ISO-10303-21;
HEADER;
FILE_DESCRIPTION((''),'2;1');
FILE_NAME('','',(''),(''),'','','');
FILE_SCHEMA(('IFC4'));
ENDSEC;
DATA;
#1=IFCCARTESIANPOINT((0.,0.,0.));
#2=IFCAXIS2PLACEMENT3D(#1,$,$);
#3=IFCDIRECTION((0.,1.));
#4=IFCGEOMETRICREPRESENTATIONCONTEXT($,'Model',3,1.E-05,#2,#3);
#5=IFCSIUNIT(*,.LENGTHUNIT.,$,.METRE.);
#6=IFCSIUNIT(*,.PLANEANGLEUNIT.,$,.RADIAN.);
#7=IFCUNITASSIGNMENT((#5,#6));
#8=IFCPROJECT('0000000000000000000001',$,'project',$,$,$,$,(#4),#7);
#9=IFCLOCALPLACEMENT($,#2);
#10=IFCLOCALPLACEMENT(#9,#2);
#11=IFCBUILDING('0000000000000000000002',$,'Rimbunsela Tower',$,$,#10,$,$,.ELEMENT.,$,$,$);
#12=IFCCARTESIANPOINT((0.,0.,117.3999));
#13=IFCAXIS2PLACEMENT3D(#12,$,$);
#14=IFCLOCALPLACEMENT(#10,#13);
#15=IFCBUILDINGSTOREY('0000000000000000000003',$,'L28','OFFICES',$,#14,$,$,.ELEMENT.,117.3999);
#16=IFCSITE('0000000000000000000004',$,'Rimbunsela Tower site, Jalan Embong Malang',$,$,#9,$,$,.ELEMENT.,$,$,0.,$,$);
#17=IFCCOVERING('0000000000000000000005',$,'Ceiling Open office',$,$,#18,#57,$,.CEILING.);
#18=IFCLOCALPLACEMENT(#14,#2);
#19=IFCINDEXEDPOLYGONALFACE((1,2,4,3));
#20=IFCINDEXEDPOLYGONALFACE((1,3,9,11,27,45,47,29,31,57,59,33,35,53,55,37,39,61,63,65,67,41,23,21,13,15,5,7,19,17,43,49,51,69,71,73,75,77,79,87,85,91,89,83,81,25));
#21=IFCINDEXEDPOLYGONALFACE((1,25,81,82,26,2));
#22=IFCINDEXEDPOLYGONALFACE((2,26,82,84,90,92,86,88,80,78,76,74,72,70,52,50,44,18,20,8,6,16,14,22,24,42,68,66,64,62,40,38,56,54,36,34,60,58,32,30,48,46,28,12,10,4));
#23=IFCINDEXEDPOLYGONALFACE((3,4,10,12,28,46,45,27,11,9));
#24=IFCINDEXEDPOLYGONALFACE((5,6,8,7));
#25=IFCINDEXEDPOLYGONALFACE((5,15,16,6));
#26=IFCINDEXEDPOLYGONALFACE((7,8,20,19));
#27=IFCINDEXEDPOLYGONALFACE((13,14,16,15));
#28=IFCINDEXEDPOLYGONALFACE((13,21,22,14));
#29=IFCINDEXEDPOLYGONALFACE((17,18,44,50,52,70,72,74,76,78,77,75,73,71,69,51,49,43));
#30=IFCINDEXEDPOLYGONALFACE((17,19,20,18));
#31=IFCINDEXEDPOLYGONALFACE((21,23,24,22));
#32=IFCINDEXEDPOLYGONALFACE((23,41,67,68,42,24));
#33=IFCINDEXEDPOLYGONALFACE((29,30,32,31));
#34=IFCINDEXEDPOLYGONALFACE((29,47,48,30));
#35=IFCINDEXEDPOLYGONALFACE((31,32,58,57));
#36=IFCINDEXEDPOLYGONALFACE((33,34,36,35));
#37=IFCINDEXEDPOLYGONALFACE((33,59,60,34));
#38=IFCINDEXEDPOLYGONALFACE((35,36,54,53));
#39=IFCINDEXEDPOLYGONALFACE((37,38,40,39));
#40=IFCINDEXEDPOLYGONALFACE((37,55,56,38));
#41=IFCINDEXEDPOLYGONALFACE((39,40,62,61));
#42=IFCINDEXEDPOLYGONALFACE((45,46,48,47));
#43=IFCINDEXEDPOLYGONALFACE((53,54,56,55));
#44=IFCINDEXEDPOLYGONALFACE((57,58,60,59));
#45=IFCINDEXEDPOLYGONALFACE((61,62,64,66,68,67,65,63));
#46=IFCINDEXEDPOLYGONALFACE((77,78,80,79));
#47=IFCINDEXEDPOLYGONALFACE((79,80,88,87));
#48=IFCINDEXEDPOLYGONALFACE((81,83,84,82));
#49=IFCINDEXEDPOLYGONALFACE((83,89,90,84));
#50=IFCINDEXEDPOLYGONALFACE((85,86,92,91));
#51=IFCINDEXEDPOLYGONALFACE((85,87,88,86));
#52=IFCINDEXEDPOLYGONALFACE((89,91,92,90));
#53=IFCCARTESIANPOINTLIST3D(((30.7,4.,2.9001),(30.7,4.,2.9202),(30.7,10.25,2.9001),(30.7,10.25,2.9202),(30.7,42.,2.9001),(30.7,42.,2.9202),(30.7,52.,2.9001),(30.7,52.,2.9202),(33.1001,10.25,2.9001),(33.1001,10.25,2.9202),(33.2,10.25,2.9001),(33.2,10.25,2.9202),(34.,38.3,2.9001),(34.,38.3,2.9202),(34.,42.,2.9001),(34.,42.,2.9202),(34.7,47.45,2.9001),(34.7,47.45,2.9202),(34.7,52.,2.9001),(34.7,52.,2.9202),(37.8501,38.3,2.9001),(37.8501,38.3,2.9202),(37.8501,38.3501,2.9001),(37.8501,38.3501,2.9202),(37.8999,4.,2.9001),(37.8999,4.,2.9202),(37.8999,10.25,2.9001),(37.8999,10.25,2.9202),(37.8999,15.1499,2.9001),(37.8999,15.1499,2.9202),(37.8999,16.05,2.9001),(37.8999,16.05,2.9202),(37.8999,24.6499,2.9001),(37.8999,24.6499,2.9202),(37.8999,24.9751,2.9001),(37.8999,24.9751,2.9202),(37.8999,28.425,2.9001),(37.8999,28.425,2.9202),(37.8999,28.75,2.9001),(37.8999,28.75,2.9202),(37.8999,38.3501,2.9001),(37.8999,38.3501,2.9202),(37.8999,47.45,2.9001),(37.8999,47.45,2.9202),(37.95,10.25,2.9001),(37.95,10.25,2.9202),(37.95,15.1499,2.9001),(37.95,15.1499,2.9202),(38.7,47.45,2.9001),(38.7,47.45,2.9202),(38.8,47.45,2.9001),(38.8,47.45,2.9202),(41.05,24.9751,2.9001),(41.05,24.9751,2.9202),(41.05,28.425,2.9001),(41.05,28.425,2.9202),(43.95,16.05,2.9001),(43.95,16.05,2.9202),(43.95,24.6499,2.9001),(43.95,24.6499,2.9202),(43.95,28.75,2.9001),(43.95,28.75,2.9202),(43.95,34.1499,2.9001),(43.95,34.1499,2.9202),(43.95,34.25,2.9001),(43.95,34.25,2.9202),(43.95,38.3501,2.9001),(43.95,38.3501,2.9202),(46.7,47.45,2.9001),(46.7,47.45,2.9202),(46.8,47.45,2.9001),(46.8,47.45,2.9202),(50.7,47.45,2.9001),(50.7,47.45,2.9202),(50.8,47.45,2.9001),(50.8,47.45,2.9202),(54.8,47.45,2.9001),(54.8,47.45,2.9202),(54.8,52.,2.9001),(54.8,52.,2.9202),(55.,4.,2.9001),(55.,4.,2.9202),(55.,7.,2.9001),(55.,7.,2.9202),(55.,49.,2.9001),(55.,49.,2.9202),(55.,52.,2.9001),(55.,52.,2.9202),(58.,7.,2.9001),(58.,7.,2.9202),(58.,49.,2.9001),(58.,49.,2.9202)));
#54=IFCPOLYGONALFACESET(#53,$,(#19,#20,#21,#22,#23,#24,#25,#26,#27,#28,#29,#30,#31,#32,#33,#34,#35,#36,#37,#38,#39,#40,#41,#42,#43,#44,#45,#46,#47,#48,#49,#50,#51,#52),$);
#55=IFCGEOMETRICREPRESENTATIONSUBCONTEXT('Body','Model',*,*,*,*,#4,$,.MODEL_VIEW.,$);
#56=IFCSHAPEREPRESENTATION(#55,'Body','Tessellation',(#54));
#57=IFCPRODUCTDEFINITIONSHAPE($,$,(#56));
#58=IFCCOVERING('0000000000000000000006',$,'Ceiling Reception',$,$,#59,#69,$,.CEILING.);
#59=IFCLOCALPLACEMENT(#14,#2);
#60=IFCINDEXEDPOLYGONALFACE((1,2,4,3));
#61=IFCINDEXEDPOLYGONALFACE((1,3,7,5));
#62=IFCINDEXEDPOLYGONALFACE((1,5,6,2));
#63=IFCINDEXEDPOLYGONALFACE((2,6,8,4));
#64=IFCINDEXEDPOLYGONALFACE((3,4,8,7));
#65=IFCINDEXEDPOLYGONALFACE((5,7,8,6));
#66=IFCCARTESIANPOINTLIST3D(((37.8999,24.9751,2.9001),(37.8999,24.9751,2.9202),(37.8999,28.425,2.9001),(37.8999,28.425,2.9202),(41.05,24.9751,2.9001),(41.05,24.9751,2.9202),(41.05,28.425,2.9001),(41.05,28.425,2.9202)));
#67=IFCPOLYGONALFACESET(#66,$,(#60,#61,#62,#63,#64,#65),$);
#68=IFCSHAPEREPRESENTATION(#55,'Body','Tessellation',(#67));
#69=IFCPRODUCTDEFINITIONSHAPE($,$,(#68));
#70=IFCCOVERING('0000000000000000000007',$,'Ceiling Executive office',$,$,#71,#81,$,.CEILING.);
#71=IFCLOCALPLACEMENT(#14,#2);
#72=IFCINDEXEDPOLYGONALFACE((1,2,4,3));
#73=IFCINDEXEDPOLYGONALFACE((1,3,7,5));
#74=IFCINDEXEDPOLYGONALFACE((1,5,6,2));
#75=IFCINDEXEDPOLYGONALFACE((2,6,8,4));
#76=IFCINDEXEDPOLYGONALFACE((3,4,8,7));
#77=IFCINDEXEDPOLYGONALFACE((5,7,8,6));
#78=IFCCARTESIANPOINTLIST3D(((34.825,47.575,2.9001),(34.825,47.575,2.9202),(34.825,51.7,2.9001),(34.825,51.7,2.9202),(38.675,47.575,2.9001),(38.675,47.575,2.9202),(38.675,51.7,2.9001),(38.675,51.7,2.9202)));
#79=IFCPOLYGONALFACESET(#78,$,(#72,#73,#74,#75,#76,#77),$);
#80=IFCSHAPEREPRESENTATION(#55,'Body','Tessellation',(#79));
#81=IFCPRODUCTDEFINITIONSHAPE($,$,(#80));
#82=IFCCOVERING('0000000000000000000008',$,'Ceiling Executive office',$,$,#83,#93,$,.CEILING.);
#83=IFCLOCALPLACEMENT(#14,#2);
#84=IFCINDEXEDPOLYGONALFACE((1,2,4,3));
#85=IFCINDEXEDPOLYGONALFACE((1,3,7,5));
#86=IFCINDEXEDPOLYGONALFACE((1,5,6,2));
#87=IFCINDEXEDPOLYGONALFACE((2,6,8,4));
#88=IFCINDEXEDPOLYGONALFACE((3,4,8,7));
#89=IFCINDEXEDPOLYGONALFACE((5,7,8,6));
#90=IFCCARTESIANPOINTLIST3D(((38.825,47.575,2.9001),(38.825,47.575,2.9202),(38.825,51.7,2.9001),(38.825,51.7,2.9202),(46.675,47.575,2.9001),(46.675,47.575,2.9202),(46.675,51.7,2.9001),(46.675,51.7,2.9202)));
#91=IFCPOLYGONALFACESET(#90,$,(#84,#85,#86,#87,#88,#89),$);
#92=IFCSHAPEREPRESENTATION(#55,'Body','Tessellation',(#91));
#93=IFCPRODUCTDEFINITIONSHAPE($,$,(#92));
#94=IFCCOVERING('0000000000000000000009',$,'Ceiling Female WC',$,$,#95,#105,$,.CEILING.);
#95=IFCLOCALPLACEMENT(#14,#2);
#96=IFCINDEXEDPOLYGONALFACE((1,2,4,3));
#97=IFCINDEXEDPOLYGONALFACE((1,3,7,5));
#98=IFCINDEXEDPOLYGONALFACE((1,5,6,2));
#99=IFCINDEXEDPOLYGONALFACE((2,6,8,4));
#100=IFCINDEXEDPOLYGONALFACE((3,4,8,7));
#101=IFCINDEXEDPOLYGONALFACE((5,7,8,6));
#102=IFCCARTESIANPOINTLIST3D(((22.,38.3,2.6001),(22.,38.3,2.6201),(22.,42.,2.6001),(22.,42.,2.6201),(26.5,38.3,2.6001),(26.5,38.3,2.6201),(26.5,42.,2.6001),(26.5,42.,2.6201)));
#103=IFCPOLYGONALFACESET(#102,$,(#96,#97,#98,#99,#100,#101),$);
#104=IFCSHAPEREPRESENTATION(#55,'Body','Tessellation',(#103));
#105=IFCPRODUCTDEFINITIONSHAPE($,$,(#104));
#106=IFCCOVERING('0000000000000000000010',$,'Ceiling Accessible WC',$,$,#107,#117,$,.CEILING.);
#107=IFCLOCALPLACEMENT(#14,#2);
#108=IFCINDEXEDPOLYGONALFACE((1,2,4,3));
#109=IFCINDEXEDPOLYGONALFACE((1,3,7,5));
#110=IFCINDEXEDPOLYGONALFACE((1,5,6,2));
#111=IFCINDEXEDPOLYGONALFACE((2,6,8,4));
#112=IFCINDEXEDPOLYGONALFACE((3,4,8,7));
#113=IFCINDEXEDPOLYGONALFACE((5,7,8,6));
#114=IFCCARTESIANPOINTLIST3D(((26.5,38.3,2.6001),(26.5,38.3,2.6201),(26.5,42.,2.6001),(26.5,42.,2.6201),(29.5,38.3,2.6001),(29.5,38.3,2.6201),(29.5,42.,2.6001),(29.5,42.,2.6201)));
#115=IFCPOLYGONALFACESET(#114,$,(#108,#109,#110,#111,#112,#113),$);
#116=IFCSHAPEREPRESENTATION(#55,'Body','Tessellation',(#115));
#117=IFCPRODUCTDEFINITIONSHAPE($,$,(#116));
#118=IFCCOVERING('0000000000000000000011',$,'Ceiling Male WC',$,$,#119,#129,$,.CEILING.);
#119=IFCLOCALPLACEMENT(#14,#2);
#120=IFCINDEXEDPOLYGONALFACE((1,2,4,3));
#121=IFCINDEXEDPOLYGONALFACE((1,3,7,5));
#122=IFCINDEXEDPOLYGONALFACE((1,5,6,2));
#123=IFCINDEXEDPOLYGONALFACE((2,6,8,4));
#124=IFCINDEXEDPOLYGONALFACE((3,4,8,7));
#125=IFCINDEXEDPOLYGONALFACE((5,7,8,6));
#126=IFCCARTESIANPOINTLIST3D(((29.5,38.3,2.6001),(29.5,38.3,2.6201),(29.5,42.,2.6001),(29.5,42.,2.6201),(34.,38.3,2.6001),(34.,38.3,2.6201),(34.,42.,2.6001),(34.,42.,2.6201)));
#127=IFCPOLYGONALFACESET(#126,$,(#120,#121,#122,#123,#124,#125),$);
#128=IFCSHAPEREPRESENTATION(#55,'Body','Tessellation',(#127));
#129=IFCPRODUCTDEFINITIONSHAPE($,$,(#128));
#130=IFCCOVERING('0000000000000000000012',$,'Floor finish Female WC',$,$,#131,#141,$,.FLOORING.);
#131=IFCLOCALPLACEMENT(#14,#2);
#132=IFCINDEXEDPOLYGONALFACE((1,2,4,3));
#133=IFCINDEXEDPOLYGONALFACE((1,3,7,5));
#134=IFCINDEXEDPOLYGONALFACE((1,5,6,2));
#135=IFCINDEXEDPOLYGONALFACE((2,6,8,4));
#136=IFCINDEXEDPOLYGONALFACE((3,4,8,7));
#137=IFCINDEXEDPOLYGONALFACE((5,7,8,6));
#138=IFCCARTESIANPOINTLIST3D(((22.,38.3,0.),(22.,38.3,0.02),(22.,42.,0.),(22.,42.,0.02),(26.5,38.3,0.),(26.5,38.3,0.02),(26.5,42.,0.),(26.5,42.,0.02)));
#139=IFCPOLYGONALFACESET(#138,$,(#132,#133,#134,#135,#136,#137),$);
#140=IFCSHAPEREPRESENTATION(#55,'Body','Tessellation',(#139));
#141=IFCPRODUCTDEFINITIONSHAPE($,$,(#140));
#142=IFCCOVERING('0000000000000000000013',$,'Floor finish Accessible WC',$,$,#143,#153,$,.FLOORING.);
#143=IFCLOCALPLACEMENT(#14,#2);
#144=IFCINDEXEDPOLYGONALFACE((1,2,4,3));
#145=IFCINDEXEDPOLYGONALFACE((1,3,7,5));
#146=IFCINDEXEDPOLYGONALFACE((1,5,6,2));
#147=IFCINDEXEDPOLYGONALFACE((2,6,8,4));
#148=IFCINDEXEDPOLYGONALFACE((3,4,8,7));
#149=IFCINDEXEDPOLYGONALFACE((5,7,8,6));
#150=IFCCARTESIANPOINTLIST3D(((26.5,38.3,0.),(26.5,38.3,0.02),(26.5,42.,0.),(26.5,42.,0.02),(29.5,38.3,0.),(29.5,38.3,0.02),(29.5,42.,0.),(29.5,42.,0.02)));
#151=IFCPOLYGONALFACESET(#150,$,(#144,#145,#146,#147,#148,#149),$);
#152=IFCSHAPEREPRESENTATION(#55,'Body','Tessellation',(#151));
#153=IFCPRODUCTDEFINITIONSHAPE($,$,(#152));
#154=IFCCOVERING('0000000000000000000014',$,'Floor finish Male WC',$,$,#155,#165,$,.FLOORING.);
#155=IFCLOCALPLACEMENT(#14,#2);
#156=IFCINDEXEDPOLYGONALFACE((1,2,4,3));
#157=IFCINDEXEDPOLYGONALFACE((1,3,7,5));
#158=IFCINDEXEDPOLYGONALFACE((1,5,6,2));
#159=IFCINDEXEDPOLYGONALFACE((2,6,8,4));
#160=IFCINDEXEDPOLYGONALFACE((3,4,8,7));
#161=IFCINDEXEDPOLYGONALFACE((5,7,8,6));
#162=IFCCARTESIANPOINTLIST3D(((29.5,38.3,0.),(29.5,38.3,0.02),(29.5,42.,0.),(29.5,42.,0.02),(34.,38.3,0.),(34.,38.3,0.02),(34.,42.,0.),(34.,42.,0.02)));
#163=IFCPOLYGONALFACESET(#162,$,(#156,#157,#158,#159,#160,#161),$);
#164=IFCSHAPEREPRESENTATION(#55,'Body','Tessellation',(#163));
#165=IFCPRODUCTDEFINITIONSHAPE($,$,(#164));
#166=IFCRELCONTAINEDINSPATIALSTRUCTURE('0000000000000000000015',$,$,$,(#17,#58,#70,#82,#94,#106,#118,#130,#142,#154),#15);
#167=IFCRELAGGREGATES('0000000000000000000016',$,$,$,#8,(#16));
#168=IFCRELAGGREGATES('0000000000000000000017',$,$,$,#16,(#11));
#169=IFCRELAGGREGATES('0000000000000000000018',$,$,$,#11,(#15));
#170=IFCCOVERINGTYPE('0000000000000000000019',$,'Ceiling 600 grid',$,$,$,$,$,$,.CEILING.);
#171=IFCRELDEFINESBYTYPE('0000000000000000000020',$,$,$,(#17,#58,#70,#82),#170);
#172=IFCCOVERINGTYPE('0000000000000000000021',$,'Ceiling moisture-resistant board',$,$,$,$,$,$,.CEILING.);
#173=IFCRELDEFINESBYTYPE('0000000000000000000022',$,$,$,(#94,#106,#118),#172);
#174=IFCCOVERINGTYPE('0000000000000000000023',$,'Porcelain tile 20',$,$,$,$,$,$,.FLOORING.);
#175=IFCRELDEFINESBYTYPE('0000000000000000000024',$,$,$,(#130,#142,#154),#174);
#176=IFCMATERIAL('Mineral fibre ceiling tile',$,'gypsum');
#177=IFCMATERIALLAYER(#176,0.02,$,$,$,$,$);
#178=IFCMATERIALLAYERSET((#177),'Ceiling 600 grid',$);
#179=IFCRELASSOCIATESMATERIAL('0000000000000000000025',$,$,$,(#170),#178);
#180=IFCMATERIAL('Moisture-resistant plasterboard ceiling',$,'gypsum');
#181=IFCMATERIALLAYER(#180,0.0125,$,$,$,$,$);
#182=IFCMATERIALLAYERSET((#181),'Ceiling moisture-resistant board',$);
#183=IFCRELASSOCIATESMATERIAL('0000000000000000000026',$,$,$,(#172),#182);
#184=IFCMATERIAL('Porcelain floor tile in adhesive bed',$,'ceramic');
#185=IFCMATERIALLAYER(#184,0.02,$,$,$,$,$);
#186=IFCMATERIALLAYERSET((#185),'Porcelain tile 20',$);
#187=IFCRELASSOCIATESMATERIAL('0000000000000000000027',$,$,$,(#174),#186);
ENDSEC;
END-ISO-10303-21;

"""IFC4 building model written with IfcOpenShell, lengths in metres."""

from ifc_helpers import new_model, si_unit, direction, frame, origin, place, context, subcontext, project, spatial, polyline, outline, extrude, material, layer, layer_set, type_object, element, save


model = new_model("IFC4")

# Units and contexts
model_context = context("Model", 3, precision=1e-05, world=origin(), true_north=direction((0.0, 1.0)))
body_context = subcontext(model_context, "Body", "Model", "MODEL_VIEW")
ifc_project = project(units=[si_unit("LENGTHUNIT", "METRE"), si_unit("PLANEANGLEUNIT", "RADIAN")], contexts=[model_context])

# Site, building, storey
site_placement = place(None, origin())
site = spatial("IfcSite", under=ifc_project, at=site_placement, Name="Rimbunsela Tower site, Jalan Embong Malang", CompositionType="ELEMENT", RefElevation=0.0)
building_placement = place(site_placement, origin())
building = spatial("IfcBuilding", under=site, at=building_placement, Name="Rimbunsela Tower", CompositionType="ELEMENT")
storey_placement = place(building_placement, frame((0.0, 0.0, 117.3999)))
storey = spatial("IfcBuildingStorey", under=building, at=storey_placement, Name="L28", Description="OFFICES", CompositionType="ELEMENT", Elevation=117.3999)

# Coverings
ifc_material_1 = material(Name="Mineral fibre ceiling tile", Category="gypsum")
ifc_layer_1 = layer(ifc_material_1, 0.02)
ifc_layer_set_1 = layer_set([ifc_layer_1], Name="Ceiling 600 grid")
covering_type_1 = type_object("IfcCoveringType", Name="Ceiling 600 grid", PredefinedType="CEILING", material=ifc_layer_set_1)
covering_1_placement = place(storey_placement, frame((0.0, 0.0, 2.9001)))
element("IfcCovering", 1, at=covering_1_placement, inside=storey, type_object=covering_type_1, Name="Ceiling Open office", PredefinedType="CEILING", context=body_context, shape_type="SweptSolid", body=[
    extrude(outline(polyline([(30.7, 52.0), (34.7, 52.0), (34.7, 47.45), (37.8999, 47.45), (38.7, 47.45), (38.8, 47.45), (46.7, 47.45), (46.8, 47.45), (50.7, 47.45), (50.8, 47.45), (54.8, 47.45), (54.8, 52.0), (55.0, 52.0), (55.0, 49.0), (58.0, 49.0), (58.0, 7.0), (55.0, 7.0), (55.0, 4.0), (37.8999, 4.0), (30.7, 4.0), (30.7, 10.25), (33.1001, 10.25), (33.2, 10.25), (37.8999, 10.25), (37.95, 10.25), (37.95, 15.1499), (37.8999, 15.1499), (37.8999, 16.05), (43.95, 16.05), (43.95, 24.6499), (37.8999, 24.6499), (37.8999, 24.9751), (41.05, 24.9751), (41.05, 28.425), (37.8999, 28.425), (37.8999, 28.75), (43.95, 28.75), (43.95, 34.1499), (43.95, 34.25), (43.95, 38.3501), (37.8999, 38.3501), (37.8501, 38.3501), (37.8501, 38.3), (34.0, 38.3), (34.0, 42.0), (30.7, 42.0), (30.7, 52.0)])), origin(), (0.0, 0.0, 1.0), 0.02),
])
covering_2_placement = place(storey_placement, frame((0.0, 0.0, 2.9001)))
element("IfcCovering", 2, at=covering_2_placement, inside=storey, type_object=covering_type_1, Name="Ceiling Reception", PredefinedType="CEILING", context=body_context, shape_type="SweptSolid", body=[
    extrude(outline(polyline([(41.05, 24.9751), (41.05, 28.425), (37.8999, 28.425), (37.8999, 24.9751), (41.05, 24.9751)])), origin(), (0.0, 0.0, 1.0), 0.02),
])
covering_3_placement = place(storey_placement, frame((0.0, 0.0, 2.9001)))
element("IfcCovering", 3, at=covering_3_placement, inside=storey, type_object=covering_type_1, Name="Ceiling Executive office", PredefinedType="CEILING", context=body_context, shape_type="SweptSolid", body=[
    extrude(outline(polyline([(38.675, 47.575), (38.675, 51.7), (34.825, 51.7), (34.825, 47.575), (38.675, 47.575)])), origin(), (0.0, 0.0, 1.0), 0.02),
])
covering_4_placement = place(storey_placement, frame((0.0, 0.0, 2.9001)))
element("IfcCovering", 4, at=covering_4_placement, inside=storey, type_object=covering_type_1, Name="Ceiling Executive office", PredefinedType="CEILING", context=body_context, shape_type="SweptSolid", body=[
    extrude(outline(polyline([(46.675, 47.575), (46.675, 51.7), (38.825, 51.7), (38.825, 47.575), (46.675, 47.575)])), origin(), (0.0, 0.0, 1.0), 0.02),
])
ifc_material_2 = material(Name="Moisture-resistant plasterboard ceiling", Category="gypsum")
ifc_layer_2 = layer(ifc_material_2, 0.0125)
ifc_layer_set_2 = layer_set([ifc_layer_2], Name="Ceiling moisture-resistant board")
covering_type_2 = type_object("IfcCoveringType", Name="Ceiling moisture-resistant board", PredefinedType="CEILING", material=ifc_layer_set_2)
covering_5_placement = place(storey_placement, frame((0.0, 0.0, 2.6001)))
element("IfcCovering", 5, at=covering_5_placement, inside=storey, type_object=covering_type_2, Name="Ceiling Female WC", PredefinedType="CEILING", context=body_context, shape_type="SweptSolid", body=[
    extrude(outline(polyline([(26.5, 38.3), (26.5, 42.0), (22.0, 42.0), (22.0, 38.3), (26.5, 38.3)])), origin(), (0.0, 0.0, 1.0), 0.02),
])
covering_6_placement = place(storey_placement, frame((0.0, 0.0, 2.6001)))
element("IfcCovering", 6, at=covering_6_placement, inside=storey, type_object=covering_type_2, Name="Ceiling Accessible WC", PredefinedType="CEILING", context=body_context, shape_type="SweptSolid", body=[
    extrude(outline(polyline([(29.5, 38.3), (29.5, 42.0), (26.5, 42.0), (26.5, 38.3), (29.5, 38.3)])), origin(), (0.0, 0.0, 1.0), 0.02),
])
covering_7_placement = place(storey_placement, frame((0.0, 0.0, 2.6001)))
element("IfcCovering", 7, at=covering_7_placement, inside=storey, type_object=covering_type_2, Name="Ceiling Male WC", PredefinedType="CEILING", context=body_context, shape_type="SweptSolid", body=[
    extrude(outline(polyline([(34.0, 38.3), (34.0, 42.0), (29.5, 42.0), (29.5, 38.3), (34.0, 38.3)])), origin(), (0.0, 0.0, 1.0), 0.02),
])
ifc_material_3 = material(Name="Porcelain floor tile in adhesive bed", Category="ceramic")
ifc_layer_3 = layer(ifc_material_3, 0.02)
ifc_layer_set_3 = layer_set([ifc_layer_3], Name="Porcelain tile 20")
covering_type_3 = type_object("IfcCoveringType", Name="Porcelain tile 20", PredefinedType="FLOORING", material=ifc_layer_set_3)
covering_8_placement = place(storey_placement, origin())
element("IfcCovering", 8, at=covering_8_placement, inside=storey, type_object=covering_type_3, Name="Floor finish Female WC", PredefinedType="FLOORING", context=body_context, shape_type="SweptSolid", body=[
    extrude(outline(polyline([(26.5, 38.3), (26.5, 42.0), (22.0, 42.0), (22.0, 38.3), (26.5, 38.3)])), origin(), (0.0, 0.0, 1.0), 0.02),
])
covering_9_placement = place(storey_placement, origin())
element("IfcCovering", 9, at=covering_9_placement, inside=storey, type_object=covering_type_3, Name="Floor finish Accessible WC", PredefinedType="FLOORING", context=body_context, shape_type="SweptSolid", body=[
    extrude(outline(polyline([(29.5, 38.3), (29.5, 42.0), (26.5, 42.0), (26.5, 38.3), (29.5, 38.3)])), origin(), (0.0, 0.0, 1.0), 0.02),
])
covering_10_placement = place(storey_placement, origin())
element("IfcCovering", 10, at=covering_10_placement, inside=storey, type_object=covering_type_3, Name="Floor finish Male WC", PredefinedType="FLOORING", context=body_context, shape_type="SweptSolid", body=[
    extrude(outline(polyline([(34.0, 38.3), (34.0, 42.0), (29.5, 42.0), (29.5, 38.3), (34.0, 38.3)])), origin(), (0.0, 0.0, 1.0), 0.02),
])

save(model, "model.ifc")
